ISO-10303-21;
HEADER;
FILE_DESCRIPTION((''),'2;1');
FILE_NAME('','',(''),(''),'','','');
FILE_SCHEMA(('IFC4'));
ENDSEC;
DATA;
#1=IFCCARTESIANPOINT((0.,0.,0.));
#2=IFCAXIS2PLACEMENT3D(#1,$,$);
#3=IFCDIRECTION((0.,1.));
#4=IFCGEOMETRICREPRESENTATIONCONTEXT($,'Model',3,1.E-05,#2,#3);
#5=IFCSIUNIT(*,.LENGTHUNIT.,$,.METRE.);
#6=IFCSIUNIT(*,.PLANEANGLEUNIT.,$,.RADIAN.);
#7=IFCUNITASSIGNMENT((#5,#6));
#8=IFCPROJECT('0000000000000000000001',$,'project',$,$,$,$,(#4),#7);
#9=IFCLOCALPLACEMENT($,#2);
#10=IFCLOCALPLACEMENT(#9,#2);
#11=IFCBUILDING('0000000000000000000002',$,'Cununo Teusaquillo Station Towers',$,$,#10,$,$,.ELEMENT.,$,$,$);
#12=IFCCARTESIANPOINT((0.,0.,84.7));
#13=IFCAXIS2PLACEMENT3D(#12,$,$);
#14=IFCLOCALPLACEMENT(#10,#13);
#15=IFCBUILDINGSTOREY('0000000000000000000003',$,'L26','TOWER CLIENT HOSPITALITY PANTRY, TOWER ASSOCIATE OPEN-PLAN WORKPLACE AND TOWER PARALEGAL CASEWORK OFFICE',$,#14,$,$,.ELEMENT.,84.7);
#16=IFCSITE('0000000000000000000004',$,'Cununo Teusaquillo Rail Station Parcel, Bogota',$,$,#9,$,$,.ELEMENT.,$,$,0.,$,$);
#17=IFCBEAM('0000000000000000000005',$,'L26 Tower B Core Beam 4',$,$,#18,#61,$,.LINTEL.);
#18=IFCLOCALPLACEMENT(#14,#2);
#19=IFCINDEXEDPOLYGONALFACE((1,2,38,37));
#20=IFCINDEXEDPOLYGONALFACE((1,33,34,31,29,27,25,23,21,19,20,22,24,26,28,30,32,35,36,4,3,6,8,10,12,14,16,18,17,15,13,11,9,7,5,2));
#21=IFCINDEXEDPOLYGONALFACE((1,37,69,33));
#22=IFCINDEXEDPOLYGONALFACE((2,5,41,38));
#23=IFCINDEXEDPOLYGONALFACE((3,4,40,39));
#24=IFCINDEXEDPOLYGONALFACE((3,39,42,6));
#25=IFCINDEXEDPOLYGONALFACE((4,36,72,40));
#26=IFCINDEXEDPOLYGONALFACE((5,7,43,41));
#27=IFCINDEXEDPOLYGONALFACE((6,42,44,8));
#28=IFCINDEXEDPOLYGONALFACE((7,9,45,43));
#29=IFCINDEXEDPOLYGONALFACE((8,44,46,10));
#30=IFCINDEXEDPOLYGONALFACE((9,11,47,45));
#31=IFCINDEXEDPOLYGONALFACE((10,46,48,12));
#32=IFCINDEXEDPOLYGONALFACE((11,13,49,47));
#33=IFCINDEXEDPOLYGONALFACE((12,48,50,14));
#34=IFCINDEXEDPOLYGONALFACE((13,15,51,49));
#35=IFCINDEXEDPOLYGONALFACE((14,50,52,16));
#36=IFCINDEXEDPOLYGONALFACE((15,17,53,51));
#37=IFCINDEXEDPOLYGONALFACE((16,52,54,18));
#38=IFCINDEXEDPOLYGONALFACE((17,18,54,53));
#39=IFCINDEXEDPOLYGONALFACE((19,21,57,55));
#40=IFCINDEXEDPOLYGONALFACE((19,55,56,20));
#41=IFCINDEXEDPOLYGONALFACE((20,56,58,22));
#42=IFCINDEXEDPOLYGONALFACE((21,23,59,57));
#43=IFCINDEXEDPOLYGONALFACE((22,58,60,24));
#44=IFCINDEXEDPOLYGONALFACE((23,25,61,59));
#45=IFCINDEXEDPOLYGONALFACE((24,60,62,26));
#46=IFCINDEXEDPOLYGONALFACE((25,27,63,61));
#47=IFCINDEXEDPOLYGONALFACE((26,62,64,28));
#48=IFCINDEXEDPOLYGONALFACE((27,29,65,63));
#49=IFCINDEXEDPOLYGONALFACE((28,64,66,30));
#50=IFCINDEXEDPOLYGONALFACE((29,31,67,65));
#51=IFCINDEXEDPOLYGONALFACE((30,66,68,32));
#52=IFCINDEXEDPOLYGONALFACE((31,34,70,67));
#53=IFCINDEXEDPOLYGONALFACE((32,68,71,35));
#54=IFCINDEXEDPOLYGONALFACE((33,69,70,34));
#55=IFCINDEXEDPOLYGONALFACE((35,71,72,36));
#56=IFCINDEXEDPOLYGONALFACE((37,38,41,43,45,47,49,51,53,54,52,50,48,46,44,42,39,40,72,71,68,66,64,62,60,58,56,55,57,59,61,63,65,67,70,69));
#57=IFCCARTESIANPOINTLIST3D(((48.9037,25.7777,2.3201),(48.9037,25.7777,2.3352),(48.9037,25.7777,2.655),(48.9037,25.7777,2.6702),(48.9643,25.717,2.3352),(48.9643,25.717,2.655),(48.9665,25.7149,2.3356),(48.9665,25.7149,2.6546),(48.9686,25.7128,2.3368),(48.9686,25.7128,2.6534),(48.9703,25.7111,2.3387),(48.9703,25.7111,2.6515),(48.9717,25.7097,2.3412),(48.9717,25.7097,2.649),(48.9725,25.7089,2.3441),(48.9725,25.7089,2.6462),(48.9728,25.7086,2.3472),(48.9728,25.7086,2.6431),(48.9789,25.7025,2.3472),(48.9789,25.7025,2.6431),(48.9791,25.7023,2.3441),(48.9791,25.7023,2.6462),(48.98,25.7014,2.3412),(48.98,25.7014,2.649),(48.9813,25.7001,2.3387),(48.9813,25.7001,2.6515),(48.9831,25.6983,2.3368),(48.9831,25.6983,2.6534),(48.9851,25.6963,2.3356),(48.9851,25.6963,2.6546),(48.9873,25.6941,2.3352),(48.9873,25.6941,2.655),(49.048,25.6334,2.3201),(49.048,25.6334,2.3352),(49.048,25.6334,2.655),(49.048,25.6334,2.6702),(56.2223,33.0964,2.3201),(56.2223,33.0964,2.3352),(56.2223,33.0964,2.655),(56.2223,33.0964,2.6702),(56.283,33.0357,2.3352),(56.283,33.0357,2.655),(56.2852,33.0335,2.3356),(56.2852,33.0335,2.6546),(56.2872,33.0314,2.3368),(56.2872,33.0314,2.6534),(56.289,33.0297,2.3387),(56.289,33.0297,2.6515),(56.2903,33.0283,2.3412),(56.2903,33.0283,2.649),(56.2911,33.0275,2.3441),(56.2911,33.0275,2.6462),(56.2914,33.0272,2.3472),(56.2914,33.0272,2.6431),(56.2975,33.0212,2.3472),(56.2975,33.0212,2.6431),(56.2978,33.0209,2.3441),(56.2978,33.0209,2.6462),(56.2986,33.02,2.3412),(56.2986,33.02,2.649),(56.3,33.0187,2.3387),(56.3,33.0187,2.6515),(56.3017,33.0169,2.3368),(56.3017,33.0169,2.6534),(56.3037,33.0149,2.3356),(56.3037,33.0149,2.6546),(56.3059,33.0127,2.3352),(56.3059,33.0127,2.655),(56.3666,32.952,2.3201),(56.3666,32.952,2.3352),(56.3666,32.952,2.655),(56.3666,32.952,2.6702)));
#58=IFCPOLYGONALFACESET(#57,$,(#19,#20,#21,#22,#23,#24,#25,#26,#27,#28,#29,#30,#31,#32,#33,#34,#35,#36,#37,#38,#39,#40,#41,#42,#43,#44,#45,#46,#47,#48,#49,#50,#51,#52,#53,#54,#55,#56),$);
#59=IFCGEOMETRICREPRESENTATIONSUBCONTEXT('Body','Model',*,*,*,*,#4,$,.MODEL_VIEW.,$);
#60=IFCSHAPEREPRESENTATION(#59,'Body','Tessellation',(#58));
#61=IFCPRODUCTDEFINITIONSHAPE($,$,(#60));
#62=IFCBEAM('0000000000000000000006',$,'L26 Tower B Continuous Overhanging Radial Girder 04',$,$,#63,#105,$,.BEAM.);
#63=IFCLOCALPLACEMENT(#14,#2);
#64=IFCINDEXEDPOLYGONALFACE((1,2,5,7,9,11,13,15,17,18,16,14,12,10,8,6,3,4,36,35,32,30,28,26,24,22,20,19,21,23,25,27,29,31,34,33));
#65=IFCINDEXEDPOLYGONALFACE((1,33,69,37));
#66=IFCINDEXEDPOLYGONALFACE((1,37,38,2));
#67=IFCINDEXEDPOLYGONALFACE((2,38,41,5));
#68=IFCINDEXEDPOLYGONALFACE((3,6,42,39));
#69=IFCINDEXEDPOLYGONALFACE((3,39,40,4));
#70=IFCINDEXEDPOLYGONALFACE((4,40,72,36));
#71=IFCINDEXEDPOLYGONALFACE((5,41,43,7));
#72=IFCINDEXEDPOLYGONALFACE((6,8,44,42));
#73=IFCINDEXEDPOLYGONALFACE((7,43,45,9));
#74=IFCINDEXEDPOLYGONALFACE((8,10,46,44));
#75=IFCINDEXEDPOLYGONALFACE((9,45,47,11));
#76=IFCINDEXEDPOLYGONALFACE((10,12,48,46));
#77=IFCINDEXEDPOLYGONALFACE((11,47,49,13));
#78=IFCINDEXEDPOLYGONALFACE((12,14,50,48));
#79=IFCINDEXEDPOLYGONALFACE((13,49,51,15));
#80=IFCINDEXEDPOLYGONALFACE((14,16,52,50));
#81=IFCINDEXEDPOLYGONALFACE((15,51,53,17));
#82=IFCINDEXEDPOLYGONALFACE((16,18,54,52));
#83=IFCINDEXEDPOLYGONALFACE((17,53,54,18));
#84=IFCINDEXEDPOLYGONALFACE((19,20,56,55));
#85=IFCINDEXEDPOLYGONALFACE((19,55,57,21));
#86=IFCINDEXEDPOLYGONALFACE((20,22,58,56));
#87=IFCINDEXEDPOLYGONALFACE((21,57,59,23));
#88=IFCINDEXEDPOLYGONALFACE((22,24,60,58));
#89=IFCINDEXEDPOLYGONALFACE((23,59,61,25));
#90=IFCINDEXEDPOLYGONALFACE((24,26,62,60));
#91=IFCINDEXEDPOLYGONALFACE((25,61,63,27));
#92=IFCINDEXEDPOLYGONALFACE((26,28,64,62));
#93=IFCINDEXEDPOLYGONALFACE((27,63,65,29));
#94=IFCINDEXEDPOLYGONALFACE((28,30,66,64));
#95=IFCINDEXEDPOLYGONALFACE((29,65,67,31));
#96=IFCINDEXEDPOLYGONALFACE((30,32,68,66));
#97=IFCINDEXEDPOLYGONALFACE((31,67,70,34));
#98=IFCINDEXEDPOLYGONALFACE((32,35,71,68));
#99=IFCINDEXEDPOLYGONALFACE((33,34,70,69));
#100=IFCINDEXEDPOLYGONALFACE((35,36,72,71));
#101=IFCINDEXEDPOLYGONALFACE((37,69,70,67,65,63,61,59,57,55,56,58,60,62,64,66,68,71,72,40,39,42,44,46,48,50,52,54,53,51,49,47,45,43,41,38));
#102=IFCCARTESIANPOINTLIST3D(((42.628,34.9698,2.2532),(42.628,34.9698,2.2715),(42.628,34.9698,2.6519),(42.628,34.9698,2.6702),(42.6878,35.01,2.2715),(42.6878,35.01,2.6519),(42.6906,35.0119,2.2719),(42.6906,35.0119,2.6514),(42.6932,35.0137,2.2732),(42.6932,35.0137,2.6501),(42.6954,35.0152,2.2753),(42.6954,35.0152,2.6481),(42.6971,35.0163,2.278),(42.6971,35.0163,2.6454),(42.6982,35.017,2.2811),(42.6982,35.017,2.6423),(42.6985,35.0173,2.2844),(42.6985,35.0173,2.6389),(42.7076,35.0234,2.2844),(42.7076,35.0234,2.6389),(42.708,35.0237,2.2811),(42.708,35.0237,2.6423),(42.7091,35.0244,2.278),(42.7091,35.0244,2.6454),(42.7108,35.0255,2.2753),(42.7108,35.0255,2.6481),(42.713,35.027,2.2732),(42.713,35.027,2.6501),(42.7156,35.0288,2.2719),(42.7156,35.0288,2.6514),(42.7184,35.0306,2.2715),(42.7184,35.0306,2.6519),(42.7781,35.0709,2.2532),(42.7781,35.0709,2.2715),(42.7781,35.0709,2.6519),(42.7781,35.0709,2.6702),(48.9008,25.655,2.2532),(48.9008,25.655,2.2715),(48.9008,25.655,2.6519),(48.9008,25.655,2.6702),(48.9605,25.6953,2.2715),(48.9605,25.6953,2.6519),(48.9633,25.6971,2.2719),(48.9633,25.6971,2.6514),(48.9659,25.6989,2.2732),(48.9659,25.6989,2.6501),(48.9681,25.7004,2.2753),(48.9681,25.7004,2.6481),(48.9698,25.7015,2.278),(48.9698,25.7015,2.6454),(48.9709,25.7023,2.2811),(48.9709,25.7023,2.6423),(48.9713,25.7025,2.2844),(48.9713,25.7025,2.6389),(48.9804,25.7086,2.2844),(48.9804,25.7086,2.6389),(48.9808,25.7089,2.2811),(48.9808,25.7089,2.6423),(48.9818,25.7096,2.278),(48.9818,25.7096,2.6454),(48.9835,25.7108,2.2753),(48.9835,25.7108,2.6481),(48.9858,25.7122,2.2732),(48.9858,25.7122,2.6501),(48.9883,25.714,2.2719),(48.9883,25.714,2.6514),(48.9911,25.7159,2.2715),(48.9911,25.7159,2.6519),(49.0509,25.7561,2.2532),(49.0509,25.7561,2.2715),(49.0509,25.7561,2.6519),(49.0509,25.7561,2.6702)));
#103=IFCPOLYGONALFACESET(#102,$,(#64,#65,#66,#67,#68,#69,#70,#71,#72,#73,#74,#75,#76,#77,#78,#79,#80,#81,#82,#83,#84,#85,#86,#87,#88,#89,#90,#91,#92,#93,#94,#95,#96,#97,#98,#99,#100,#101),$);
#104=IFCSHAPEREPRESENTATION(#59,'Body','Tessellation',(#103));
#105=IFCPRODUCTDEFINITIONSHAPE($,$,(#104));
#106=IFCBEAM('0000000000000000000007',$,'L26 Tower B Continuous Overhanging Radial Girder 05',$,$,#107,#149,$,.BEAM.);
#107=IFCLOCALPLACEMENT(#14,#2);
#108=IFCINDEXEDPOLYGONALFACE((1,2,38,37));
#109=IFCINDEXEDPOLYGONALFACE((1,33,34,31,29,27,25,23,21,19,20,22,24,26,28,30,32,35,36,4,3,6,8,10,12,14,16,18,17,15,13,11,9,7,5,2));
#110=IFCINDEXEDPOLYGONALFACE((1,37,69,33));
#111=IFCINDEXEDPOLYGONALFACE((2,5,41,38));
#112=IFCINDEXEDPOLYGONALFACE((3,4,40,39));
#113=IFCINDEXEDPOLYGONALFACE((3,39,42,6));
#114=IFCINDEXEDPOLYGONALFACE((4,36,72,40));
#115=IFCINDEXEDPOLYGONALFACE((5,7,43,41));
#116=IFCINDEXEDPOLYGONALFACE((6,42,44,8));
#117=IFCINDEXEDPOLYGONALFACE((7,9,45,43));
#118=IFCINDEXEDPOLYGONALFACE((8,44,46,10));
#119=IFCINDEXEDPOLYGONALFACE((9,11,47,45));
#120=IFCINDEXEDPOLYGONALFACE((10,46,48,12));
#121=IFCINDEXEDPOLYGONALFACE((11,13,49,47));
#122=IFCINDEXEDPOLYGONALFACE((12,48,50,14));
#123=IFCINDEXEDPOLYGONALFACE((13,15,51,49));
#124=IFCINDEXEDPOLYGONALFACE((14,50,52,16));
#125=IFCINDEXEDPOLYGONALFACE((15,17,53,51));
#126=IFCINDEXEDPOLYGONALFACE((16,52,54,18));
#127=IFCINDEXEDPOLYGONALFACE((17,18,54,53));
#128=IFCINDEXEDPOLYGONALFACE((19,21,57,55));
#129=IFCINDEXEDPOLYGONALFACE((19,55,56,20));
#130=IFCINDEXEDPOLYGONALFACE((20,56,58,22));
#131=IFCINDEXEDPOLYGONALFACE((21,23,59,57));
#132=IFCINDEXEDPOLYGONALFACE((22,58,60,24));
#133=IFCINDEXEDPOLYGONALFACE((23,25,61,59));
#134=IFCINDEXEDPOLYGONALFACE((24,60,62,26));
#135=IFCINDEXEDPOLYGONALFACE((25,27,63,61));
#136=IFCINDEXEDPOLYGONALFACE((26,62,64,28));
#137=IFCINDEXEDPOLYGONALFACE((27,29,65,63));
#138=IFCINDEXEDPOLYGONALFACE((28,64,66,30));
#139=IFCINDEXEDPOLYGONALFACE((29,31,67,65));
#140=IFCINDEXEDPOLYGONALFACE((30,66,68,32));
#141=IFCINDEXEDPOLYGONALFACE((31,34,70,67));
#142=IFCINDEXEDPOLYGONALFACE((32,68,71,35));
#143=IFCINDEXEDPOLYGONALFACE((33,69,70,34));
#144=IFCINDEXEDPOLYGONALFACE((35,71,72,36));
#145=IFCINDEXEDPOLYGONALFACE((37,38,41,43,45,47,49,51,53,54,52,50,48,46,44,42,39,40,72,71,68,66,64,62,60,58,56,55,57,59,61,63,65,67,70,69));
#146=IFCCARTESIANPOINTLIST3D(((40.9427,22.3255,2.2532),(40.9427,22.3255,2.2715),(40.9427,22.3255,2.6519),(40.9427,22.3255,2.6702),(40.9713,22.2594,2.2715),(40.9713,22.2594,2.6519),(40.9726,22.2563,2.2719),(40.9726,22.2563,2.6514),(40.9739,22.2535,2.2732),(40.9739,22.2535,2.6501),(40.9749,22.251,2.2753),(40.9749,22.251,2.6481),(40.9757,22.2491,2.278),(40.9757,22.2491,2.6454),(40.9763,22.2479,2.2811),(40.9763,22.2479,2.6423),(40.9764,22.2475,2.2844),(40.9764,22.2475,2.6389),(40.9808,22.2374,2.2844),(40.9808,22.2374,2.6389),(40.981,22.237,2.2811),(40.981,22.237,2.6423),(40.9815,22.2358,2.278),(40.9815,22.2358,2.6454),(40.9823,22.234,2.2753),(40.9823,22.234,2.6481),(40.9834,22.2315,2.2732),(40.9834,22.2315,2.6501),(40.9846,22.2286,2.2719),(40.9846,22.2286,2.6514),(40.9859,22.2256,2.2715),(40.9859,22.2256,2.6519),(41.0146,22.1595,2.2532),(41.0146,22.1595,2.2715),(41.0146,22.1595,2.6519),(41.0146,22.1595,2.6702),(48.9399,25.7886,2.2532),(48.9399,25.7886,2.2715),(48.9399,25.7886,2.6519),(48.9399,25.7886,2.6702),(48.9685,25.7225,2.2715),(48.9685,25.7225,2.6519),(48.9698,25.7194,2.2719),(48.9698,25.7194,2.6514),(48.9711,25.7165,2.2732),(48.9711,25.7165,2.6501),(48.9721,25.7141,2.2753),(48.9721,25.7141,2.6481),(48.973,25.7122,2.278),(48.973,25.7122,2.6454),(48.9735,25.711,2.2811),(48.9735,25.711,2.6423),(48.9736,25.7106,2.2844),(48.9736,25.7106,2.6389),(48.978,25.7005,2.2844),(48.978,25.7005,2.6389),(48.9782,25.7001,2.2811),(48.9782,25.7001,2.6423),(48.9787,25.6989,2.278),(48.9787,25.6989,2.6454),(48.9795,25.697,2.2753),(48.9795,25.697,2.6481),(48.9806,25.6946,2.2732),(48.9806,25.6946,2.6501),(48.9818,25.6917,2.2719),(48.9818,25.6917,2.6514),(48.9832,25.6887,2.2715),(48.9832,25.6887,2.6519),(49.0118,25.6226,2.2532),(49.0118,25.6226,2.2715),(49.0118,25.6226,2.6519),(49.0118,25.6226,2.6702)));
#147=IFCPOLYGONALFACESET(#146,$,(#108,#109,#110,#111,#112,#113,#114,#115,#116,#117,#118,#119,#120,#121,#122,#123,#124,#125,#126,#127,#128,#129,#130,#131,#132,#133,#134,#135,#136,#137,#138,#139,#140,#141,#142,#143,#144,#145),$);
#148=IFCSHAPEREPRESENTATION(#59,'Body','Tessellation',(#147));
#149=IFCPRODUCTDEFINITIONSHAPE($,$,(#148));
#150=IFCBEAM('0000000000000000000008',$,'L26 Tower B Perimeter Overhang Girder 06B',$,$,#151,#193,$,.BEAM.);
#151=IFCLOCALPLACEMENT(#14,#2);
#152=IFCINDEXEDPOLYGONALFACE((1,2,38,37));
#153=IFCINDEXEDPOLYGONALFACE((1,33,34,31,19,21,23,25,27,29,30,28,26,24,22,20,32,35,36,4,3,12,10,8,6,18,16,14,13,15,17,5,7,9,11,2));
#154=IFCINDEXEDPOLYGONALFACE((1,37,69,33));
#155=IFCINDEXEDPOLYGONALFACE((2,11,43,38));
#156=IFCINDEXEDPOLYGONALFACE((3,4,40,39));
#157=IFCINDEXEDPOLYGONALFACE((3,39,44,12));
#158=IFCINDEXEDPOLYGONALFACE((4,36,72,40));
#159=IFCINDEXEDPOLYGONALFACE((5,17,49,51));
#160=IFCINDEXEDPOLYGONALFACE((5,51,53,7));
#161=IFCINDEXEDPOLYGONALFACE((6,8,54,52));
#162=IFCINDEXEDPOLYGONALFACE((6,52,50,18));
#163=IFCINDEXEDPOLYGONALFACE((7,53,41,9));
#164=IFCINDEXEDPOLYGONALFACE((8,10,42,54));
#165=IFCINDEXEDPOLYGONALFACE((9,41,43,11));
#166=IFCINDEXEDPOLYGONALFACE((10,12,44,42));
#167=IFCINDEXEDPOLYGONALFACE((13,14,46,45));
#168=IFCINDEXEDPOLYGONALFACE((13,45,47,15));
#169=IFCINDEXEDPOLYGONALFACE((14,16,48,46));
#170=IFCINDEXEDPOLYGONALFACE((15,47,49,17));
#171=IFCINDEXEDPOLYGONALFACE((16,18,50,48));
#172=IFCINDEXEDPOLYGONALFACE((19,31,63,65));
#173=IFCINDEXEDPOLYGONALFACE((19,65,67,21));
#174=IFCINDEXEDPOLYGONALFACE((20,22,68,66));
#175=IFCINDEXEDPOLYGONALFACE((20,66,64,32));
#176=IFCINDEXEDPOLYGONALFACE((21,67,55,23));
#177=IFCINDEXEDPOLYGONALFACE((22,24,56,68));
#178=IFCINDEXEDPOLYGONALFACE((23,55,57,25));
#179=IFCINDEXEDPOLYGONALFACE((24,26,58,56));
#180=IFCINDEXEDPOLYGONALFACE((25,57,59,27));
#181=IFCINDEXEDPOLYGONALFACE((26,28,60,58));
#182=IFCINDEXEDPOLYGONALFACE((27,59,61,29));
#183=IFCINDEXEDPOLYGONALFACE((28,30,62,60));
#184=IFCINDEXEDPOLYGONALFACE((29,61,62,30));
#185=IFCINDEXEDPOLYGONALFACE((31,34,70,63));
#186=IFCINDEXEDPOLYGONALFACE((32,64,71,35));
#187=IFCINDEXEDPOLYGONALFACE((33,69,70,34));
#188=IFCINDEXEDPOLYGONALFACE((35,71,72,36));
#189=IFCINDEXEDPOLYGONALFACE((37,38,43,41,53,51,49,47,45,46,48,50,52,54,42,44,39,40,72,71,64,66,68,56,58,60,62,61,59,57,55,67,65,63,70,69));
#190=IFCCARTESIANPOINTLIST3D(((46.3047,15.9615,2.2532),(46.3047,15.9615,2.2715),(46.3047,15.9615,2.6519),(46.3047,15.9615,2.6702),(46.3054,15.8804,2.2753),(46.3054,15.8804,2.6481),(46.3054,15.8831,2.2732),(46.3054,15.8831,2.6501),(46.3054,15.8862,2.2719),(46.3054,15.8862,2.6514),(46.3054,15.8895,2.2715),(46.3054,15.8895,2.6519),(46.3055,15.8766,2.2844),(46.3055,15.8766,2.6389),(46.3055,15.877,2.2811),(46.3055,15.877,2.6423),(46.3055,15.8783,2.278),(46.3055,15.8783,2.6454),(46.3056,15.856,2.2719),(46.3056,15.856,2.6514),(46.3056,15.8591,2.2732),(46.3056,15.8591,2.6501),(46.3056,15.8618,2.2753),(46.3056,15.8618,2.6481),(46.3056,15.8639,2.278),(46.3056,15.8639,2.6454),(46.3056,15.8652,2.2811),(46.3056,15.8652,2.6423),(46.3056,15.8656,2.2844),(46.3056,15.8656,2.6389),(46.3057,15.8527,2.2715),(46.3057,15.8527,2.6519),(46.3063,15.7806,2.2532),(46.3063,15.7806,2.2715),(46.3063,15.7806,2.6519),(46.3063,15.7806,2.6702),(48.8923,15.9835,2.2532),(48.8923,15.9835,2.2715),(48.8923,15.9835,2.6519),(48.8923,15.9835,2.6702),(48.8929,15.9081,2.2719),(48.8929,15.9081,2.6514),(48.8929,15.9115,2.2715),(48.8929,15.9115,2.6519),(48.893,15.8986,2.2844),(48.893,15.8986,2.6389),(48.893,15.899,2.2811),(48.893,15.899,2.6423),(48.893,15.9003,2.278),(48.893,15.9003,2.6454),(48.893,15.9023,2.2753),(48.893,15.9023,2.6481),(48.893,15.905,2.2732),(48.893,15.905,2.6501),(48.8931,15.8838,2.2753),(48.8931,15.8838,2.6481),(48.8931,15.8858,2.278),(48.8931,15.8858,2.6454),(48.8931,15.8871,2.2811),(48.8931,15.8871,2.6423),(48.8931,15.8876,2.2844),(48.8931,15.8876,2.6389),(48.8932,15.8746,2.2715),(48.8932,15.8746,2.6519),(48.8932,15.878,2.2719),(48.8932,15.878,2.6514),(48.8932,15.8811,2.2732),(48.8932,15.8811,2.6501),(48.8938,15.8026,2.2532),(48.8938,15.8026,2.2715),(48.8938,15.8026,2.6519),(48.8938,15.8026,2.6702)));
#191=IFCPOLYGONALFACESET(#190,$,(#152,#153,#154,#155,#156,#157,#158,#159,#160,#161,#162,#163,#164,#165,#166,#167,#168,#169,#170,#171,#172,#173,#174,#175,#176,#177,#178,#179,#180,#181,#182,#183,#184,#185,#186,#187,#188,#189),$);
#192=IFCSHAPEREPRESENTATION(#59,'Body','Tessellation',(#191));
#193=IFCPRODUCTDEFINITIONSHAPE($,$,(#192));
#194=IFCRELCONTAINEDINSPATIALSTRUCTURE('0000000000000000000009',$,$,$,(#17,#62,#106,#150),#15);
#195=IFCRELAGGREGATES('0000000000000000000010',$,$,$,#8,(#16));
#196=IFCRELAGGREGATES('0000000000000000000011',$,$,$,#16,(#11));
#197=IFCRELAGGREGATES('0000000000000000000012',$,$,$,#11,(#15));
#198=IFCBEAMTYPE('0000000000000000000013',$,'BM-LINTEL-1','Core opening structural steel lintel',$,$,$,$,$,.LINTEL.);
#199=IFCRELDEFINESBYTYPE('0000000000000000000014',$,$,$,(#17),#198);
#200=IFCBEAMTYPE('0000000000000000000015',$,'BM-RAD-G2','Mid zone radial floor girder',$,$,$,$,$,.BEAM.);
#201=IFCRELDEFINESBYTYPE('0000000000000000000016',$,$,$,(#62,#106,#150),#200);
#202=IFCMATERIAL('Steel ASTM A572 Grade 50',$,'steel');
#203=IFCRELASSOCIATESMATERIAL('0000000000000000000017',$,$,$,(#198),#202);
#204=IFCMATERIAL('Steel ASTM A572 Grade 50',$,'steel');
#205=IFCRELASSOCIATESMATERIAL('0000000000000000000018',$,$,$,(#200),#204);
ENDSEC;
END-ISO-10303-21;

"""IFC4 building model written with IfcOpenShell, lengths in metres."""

from ifc_helpers import new_model, si_unit, direction, frame, origin, origin_2d, place, context, subcontext, project, spatial, i_section, extrude, material, material_profile, profile_set, type_object, element, save


model = new_model("IFC4")

# Units and contexts
model_context = context("Model", 3, precision=1e-05, world=origin(), true_north=direction((0.0, 1.0)))
body_context = subcontext(model_context, "Body", "Model", "MODEL_VIEW")
ifc_project = project(units=[si_unit("LENGTHUNIT", "METRE"), si_unit("PLANEANGLEUNIT", "RADIAN")], contexts=[model_context])

# Site, building, storey
site_placement = place(None, origin())
site = spatial("IfcSite", under=ifc_project, at=site_placement, Name="Cununo Teusaquillo Rail Station Parcel, Bogota", CompositionType="ELEMENT", RefElevation=0.0)
building_placement = place(site_placement, origin())
building = spatial("IfcBuilding", under=site, at=building_placement, Name="Cununo Teusaquillo Station Towers", CompositionType="ELEMENT")
storey_placement = place(building_placement, frame((0.0, 0.0, 84.7)))
storey = spatial("IfcBuildingStorey", under=building, at=storey_placement, Name="L26", Description="TOWER CLIENT HOSPITALITY PANTRY, TOWER ASSOCIATE OPEN-PLAN WORKPLACE AND TOWER PARALEGAL CASEWORK OFFICE", CompositionType="ELEMENT", Elevation=84.7)

# Beams
ifc_material_1 = material(Name="Steel ASTM A572 Grade 50", Category="steel")
ifc_material_profile_1 = material_profile(ifc_material_1, i_section(OverallWidth=0.2041, OverallDepth=0.3501, WebThickness=0.0085, FlangeThickness=0.0151, FilletRadius=0.012, at=origin_2d()), Name="W14X48")
ifc_profile_set_1 = profile_set([ifc_material_profile_1], Name="Steel ASTM A572 Grade 50")
beam_type_1 = type_object("IfcBeamType", Name="BM-LINTEL-1", Description="Core opening structural steel lintel", PredefinedType="LINTEL", material=ifc_profile_set_1)
beam_1_placement = place(storey_placement, frame((48.9758, 25.7056, 2.4951), z_axis=(0.707107, 0.707107, 0.0), x_axis=(-0.707107, 0.707107, 0.0)))
element("IfcBeam", 1, at=beam_1_placement, inside=storey, type_object=beam_type_1, Name="L26 Tower B Core Beam 4", PredefinedType="LINTEL", context=body_context, shape_type="SweptSolid", body=[
    extrude(i_section(OverallWidth=0.2041, OverallDepth=0.3501, WebThickness=0.0085, FlangeThickness=0.0151, FilletRadius=0.012, at=origin_2d()), origin(), (0.0, 0.0, 1.0), 10.3501),
])
ifc_material_2 = material(Name="Steel ASTM A572 Grade 50", Category="steel")
ifc_material_profile_2 = material_profile(ifc_material_2, i_section(OverallWidth=0.1809, OverallDepth=0.417, WebThickness=0.011, FlangeThickness=0.0183, FilletRadius=0.0129, at=origin_2d()), Name="W16X57")
ifc_profile_set_2 = profile_set([ifc_material_profile_2], Name="Steel ASTM A572 Grade 50")
beam_type_2 = type_object("IfcBeamType", Name="BM-RAD-G2", Description="Mid zone radial floor girder", PredefinedType="BEAM", material=ifc_profile_set_2)
beam_2_placement = place(storey_placement, frame((48.9758, 25.7056, 2.4617), z_axis=(-0.558572, 0.829456, 0.0), x_axis=(-0.829456, -0.558572, 0.0)))
element("IfcBeam", 2, at=beam_2_placement, inside=storey, type_object=beam_type_2, Name="L26 Tower B Continuous Overhanging Radial Girder 04", PredefinedType="BEAM", context=body_context, shape_type="SweptSolid", body=[
    extrude(i_section(OverallWidth=0.1809, OverallDepth=0.417, WebThickness=0.011, FlangeThickness=0.0183, FilletRadius=0.0129, at=origin_2d()), origin(), (0.0, 0.0, 1.0), 11.23),
])
beam_3_placement = place(storey_placement, frame((48.9758, 25.7056, 2.4617), z_axis=(-0.917655, -0.397379, 0.0), x_axis=(0.397379, -0.917655, 0.0)))
element("IfcBeam", 3, at=beam_3_placement, inside=storey, type_object=beam_type_2, Name="L26 Tower B Continuous Overhanging Radial Girder 05", PredefinedType="BEAM", context=body_context, shape_type="SweptSolid", body=[
    extrude(i_section(OverallWidth=0.1809, OverallDepth=0.417, WebThickness=0.011, FlangeThickness=0.0183, FilletRadius=0.0129, at=origin_2d()), origin(), (0.0, 0.0, 1.0), 8.7148),
])
beam_4_placement = place(storey_placement, frame((48.8931, 15.8931, 2.4617), z_axis=(-0.999964, -0.008491, 0.0), x_axis=(0.008491, -0.999964, 0.0)))
element("IfcBeam", 4, at=beam_4_placement, inside=storey, type_object=beam_type_2, Name="L26 Tower B Perimeter Overhang Girder 06B", PredefinedType="BEAM", context=body_context, shape_type="SweptSolid", body=[
    extrude(i_section(OverallWidth=0.1809, OverallDepth=0.417, WebThickness=0.011, FlangeThickness=0.0183, FilletRadius=0.0129, at=origin_2d()), origin(), (0.0, 0.0, 1.0), 2.5876),
])

save(model, "model.ifc")
